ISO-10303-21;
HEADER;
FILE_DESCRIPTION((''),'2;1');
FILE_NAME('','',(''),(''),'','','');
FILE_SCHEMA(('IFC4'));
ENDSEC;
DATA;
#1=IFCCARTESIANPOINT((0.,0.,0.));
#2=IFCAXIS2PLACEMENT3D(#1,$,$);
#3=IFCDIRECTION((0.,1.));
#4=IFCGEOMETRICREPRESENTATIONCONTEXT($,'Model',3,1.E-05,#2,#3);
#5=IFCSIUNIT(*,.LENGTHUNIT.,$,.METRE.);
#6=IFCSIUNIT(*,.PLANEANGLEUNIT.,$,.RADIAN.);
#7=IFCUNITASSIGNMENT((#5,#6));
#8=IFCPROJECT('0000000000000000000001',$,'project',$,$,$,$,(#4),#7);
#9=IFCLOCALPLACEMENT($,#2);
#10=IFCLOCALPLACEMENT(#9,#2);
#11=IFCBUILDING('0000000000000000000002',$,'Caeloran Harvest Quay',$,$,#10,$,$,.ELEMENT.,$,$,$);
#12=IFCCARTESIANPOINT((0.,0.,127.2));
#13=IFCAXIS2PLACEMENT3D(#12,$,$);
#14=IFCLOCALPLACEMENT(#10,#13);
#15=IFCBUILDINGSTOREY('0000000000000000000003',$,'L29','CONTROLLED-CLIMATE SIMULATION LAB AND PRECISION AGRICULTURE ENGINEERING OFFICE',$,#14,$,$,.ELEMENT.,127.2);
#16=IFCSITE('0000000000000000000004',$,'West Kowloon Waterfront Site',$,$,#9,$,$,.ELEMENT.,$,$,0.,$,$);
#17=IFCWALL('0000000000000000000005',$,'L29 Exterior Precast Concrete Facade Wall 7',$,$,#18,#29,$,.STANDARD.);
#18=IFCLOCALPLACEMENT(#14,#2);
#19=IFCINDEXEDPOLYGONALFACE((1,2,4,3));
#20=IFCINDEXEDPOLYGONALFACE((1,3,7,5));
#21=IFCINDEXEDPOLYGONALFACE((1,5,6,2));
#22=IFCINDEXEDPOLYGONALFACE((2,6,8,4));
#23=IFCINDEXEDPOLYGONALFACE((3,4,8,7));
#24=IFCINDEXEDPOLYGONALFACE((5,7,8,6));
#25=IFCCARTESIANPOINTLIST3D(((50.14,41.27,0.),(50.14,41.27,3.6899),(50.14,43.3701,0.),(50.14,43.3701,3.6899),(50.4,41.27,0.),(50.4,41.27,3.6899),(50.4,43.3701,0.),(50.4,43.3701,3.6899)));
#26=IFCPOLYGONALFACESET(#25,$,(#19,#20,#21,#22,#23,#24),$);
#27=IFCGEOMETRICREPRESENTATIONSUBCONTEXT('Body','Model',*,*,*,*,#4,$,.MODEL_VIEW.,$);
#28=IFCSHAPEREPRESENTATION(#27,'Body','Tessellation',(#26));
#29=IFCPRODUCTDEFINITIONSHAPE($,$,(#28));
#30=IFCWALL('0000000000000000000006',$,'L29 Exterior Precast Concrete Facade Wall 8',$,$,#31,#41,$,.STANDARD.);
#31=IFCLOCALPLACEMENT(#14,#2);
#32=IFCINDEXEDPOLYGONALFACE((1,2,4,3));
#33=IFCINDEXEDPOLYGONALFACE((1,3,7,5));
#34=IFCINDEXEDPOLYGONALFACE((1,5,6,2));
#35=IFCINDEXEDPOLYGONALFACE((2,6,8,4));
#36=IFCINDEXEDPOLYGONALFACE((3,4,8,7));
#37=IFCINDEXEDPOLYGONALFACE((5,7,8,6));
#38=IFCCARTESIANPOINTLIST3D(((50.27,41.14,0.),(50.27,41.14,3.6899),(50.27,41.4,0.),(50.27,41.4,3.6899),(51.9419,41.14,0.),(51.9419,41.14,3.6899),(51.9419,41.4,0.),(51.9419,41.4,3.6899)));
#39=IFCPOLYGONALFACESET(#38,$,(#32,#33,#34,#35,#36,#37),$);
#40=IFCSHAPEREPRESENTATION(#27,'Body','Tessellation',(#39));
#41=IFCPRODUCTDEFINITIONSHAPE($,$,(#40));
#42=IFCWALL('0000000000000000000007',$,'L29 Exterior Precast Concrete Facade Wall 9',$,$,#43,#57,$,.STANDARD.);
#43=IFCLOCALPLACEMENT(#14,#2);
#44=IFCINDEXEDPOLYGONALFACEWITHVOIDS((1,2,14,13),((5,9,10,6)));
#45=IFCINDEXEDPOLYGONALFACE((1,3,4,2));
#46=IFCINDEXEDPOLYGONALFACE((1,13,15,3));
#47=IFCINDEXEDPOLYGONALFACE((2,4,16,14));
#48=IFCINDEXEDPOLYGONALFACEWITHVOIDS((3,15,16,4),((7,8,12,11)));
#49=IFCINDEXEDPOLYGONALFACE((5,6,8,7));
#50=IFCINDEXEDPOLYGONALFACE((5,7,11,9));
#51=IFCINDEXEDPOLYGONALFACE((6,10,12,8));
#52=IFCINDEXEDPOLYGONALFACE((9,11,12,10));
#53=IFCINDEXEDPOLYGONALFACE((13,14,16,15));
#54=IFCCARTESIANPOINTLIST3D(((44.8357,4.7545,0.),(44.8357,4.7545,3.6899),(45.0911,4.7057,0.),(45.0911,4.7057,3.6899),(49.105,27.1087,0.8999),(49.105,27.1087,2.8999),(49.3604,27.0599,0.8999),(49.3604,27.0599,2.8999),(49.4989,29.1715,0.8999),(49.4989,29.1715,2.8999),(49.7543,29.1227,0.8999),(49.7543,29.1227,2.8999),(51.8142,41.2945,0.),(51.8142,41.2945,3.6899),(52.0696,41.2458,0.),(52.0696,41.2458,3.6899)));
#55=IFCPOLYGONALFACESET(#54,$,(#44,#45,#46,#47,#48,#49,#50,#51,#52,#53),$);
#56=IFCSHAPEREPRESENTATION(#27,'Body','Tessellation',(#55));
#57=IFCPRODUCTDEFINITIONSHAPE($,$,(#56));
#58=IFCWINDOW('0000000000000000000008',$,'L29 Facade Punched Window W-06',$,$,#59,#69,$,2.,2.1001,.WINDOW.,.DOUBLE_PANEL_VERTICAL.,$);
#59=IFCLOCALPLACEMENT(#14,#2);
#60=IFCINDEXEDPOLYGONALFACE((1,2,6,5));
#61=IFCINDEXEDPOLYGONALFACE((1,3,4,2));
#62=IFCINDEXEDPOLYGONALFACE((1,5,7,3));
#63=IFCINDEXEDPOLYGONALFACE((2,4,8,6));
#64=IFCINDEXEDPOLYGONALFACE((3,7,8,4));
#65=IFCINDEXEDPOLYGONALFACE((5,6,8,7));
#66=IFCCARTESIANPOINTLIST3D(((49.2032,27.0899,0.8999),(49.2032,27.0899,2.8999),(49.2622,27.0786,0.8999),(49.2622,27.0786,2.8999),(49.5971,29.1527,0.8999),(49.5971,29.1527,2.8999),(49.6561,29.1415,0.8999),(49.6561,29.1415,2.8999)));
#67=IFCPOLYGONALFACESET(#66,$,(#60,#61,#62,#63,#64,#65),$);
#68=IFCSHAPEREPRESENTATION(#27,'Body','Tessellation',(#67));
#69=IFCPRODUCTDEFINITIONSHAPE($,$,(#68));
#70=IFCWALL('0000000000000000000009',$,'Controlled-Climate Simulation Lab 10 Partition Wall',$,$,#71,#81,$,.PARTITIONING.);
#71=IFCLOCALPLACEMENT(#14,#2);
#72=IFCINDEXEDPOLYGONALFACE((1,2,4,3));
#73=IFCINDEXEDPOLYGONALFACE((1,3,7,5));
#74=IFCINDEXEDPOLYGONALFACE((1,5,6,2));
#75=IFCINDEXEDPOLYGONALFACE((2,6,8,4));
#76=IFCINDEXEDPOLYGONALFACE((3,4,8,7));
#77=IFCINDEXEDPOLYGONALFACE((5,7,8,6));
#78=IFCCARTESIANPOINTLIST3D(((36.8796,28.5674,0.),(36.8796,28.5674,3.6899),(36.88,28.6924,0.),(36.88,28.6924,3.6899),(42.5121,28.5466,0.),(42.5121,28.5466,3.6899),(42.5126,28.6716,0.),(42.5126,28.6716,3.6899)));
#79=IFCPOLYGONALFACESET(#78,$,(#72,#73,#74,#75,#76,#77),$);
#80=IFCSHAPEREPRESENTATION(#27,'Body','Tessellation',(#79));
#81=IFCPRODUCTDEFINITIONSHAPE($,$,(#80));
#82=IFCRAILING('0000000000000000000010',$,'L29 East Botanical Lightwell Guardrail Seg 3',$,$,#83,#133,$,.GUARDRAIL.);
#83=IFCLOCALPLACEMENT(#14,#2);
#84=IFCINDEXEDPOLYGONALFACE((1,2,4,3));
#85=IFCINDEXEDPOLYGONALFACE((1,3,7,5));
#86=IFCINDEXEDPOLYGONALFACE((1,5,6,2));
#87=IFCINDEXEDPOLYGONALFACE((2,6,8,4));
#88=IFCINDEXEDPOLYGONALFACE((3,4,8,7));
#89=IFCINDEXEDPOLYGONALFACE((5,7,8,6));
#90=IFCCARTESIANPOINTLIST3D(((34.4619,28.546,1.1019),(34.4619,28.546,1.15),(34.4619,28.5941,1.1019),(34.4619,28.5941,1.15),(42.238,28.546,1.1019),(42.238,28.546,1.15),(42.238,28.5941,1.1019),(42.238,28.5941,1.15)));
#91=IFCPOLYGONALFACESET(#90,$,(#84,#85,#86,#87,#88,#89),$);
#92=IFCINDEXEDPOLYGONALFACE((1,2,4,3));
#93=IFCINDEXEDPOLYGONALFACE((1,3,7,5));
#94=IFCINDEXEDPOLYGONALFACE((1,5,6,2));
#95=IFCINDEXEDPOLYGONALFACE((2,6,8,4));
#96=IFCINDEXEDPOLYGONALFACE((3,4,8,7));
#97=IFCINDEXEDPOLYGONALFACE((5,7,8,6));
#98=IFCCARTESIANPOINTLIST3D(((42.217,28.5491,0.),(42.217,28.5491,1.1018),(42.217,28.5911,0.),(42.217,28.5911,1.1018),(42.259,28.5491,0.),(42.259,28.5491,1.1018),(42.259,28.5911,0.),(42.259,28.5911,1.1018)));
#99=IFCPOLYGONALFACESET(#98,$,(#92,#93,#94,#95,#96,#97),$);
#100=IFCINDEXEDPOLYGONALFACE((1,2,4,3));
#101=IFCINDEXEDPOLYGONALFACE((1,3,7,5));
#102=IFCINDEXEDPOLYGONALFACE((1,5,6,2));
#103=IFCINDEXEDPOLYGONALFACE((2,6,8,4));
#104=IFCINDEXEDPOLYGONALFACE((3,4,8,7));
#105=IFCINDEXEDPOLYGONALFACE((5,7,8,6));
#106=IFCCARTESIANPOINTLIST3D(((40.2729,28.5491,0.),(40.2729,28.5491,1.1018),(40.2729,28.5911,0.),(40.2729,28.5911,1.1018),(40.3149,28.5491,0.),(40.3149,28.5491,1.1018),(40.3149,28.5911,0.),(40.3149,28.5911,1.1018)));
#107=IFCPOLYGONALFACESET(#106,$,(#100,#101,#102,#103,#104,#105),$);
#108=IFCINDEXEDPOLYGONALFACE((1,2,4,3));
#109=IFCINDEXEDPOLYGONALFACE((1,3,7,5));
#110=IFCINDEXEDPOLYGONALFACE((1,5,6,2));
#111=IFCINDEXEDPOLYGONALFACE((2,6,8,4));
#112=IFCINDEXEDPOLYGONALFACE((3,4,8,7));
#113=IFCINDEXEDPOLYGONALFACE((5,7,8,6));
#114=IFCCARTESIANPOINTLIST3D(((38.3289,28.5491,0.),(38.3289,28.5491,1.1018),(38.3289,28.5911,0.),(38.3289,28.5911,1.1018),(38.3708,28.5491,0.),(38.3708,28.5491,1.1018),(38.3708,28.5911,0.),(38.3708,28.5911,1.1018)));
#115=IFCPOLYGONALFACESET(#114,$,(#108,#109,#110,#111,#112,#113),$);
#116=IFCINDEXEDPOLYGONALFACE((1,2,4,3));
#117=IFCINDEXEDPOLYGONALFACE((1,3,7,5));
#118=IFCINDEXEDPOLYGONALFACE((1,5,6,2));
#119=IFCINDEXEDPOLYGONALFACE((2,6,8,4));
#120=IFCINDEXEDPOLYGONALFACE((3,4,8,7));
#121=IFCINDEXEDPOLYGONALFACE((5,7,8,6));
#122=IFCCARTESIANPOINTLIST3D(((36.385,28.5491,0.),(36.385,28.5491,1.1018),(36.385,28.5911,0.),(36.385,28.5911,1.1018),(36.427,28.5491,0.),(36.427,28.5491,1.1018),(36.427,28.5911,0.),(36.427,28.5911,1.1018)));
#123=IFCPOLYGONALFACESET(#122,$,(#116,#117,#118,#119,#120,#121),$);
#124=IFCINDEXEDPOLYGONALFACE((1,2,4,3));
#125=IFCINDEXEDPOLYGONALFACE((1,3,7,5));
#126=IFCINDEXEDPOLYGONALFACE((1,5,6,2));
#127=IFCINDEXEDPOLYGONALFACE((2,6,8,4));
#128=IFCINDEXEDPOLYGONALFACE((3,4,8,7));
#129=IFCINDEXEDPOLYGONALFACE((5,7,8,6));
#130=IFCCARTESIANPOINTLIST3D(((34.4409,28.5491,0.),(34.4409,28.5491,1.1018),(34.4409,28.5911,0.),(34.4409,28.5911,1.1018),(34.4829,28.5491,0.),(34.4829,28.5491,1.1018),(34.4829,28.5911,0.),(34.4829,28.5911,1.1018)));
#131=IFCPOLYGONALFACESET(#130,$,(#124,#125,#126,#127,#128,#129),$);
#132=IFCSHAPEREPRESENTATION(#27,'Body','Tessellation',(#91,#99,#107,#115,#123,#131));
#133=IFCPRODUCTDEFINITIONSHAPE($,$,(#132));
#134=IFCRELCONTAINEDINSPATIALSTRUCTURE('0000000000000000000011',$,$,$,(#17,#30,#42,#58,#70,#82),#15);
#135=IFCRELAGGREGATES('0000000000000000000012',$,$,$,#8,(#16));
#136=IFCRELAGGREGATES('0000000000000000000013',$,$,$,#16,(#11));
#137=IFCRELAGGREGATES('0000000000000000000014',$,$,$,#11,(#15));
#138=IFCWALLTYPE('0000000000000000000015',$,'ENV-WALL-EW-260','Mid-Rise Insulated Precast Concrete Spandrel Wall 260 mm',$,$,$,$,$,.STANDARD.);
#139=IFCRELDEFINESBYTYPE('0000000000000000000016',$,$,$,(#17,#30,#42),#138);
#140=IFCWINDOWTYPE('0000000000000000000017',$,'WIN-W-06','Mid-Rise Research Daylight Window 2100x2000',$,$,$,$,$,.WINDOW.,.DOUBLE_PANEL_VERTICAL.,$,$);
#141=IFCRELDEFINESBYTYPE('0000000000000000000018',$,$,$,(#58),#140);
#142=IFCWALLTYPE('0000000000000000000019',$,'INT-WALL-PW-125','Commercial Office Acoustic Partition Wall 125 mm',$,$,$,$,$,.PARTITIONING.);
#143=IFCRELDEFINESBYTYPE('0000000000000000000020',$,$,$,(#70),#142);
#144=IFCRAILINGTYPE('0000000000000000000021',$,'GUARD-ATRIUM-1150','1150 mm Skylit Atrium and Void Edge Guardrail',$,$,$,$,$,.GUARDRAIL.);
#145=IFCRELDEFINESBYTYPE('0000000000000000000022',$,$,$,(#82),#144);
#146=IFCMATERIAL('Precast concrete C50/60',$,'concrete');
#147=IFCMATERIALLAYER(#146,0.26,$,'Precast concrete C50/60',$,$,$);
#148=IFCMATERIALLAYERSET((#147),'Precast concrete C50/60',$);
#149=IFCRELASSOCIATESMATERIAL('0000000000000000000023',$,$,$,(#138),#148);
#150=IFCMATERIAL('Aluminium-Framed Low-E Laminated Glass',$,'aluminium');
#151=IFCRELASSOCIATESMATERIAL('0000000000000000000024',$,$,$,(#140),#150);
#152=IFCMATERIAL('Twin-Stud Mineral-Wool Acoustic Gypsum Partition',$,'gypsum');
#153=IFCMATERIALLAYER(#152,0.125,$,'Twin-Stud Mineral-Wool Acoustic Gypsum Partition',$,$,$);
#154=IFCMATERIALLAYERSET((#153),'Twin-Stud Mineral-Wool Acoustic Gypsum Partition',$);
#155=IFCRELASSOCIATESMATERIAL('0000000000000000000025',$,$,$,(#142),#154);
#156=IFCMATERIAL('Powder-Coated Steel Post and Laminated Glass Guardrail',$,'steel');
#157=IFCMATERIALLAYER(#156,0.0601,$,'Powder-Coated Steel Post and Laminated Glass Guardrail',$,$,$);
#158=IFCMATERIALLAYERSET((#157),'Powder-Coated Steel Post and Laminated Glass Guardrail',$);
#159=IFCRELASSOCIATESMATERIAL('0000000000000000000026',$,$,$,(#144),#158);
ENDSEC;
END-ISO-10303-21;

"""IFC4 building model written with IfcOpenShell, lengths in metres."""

from ifc_helpers import new_model, si_unit, direction, frame, frame_2d, origin, origin_2d, place, context, subcontext, project, spatial, rectangle, extrude, material, layer, layer_set, type_object, element, fill, save


model = new_model("IFC4")

# Units and contexts
model_context = context("Model", 3, precision=1e-05, world=origin(), true_north=direction((0.0, 1.0)))
body_context = subcontext(model_context, "Body", "Model", "MODEL_VIEW")
ifc_project = project(units=[si_unit("LENGTHUNIT", "METRE"), si_unit("PLANEANGLEUNIT", "RADIAN")], contexts=[model_context])

# Site, building, storey
site_placement = place(None, origin())
site = spatial("IfcSite", under=ifc_project, at=site_placement, Name="West Kowloon Waterfront Site", CompositionType="ELEMENT", RefElevation=0.0)
building_placement = place(site_placement, origin())
building = spatial("IfcBuilding", under=site, at=building_placement, Name="Caeloran Harvest Quay", CompositionType="ELEMENT")
storey_placement = place(building_placement, frame((0.0, 0.0, 127.2)))
storey = spatial("IfcBuildingStorey", under=building, at=storey_placement, Name="L29", Description="CONTROLLED-CLIMATE SIMULATION LAB AND PRECISION AGRICULTURE ENGINEERING OFFICE", CompositionType="ELEMENT", Elevation=127.2)

# Walls
ifc_material_1 = material(Name="Precast concrete C50/60", Category="concrete")
ifc_layer_1 = layer(ifc_material_1, 0.26, Name="Precast concrete C50/60")
ifc_layer_set_1 = layer_set([ifc_layer_1], Name="Precast concrete C50/60")
wall_type_1 = type_object("IfcWallType", Name="ENV-WALL-EW-260", Description="Mid-Rise Insulated Precast Concrete Spandrel Wall 260 mm", PredefinedType="STANDARD", material=ifc_layer_set_1)
wall_1_placement = place(storey_placement, frame((50.27, 43.3701, 0.0), z_axis=(0.0, 0.0, 1.0), x_axis=(0.0, -1.0, 0.0)))
element("IfcWall", 1, at=wall_1_placement, inside=storey, type_object=wall_type_1, Name="L29 Exterior Precast Concrete Facade Wall 7", PredefinedType="STANDARD", context=body_context, shape_type="SweptSolid", body=[
    extrude(rectangle(XDim=2.1001, YDim=0.26, at=frame_2d((1.05, 0.0))), origin(), (0.0, 0.0, 1.0), 3.6899),
])
wall_2_placement = place(storey_placement, frame((50.27, 41.27, 0.0), z_axis=(0.0, 0.0, 1.0), x_axis=(1.0, 0.0, 0.0)))
element("IfcWall", 2, at=wall_2_placement, inside=storey, type_object=wall_type_1, Name="L29 Exterior Precast Concrete Facade Wall 8", PredefinedType="STANDARD", context=body_context, shape_type="SweptSolid", body=[
    extrude(rectangle(XDim=1.6719, YDim=0.26, at=frame_2d((0.8359, 0.0))), origin(), (0.0, 0.0, 1.0), 3.6899),
])

# Wall, opening, window
wall_3_placement = place(storey_placement, frame((51.9419, 41.27, 0.0), z_axis=(0.0, 0.0, 1.0), x_axis=(-0.187592, -0.982247, 0.0)))
wall_3 = element("IfcWall", 3, at=wall_3_placement, inside=storey, type_object=wall_type_1, Name="L29 Exterior Precast Concrete Facade Wall 9", PredefinedType="STANDARD", context=body_context, shape_type="SweptSolid", body=[
    extrude(rectangle(XDim=37.2004, YDim=0.26, at=frame_2d((18.6001, 0.0))), origin(), (0.0, 0.0, 1.0), 3.6899),
])
opening_placement = place(wall_3_placement, frame((12.342, 0.0, 0.8999)))
opening = element("IfcOpeningElement", 4, at=opening_placement, cuts=wall_3, PredefinedType="OPENING", context=body_context, shape_type="SweptSolid", body=[
    extrude(rectangle(XDim=2.1001, YDim=2.0, at=frame_2d((1.05, 1.0))), frame((0.0, 0.1401, 0.0), z_axis=(0.0, -1.0, 0.0), x_axis=(1.0, 0.0, 0.0)), (0.0, 0.0, 1.0), 0.28),
])
ifc_material_2 = material(Name="Aluminium-Framed Low-E Laminated Glass", Category="aluminium")
window_type = type_object("IfcWindowType", Name="WIN-W-06", Description="Mid-Rise Research Daylight Window 2100x2000", PartitioningType="DOUBLE_PANEL_VERTICAL", PredefinedType="WINDOW", material=ifc_material_2)
window_placement = place(opening_placement, origin())
window = element("IfcWindow", 5, at=window_placement, inside=storey, type_object=window_type, Name="L29 Facade Punched Window W-06", OverallHeight=2.0, OverallWidth=2.1001, PartitioningType="DOUBLE_PANEL_VERTICAL", PredefinedType="WINDOW", context=body_context, shape_type="SweptSolid", body=[
    extrude(rectangle(XDim=2.1001, YDim=2.0, at=frame_2d((1.05, 1.0))), frame((0.0, 0.03, 0.0), z_axis=(0.0, -1.0, 0.0), x_axis=(1.0, 0.0, 0.0)), (0.0, 0.0, 1.0), 0.0601),
])
fill(opening, window)

# Wall
ifc_material_3 = material(Name="Twin-Stud Mineral-Wool Acoustic Gypsum Partition", Category="gypsum")
ifc_layer_2 = layer(ifc_material_3, 0.125, Name="Twin-Stud Mineral-Wool Acoustic Gypsum Partition")
ifc_layer_set_2 = layer_set([ifc_layer_2], Name="Twin-Stud Mineral-Wool Acoustic Gypsum Partition")
wall_type_2 = type_object("IfcWallType", Name="INT-WALL-PW-125", Description="Commercial Office Acoustic Partition Wall 125 mm", PredefinedType="PARTITIONING", material=ifc_layer_set_2)
wall_4_placement = place(storey_placement, frame((42.5125, 28.6091, 0.0), z_axis=(0.0, 0.0, 1.0), x_axis=(-0.999993, 0.003684, 0.0)))
element("IfcWall", 6, at=wall_4_placement, inside=storey, type_object=wall_type_2, Name="Controlled-Climate Simulation Lab 10 Partition Wall", PredefinedType="PARTITIONING", context=body_context, shape_type="SweptSolid", body=[
    extrude(rectangle(XDim=5.6326, YDim=0.125, at=frame_2d((2.8164, 0.0))), origin(), (0.0, 0.0, 1.0), 3.6899),
])

# Railing
ifc_material_4 = material(Name="Powder-Coated Steel Post and Laminated Glass Guardrail", Category="steel")
ifc_layer_3 = layer(ifc_material_4, 0.0601, Name="Powder-Coated Steel Post and Laminated Glass Guardrail")
ifc_layer_set_3 = layer_set([ifc_layer_3], Name="Powder-Coated Steel Post and Laminated Glass Guardrail")
railing_type = type_object("IfcRailingType", Name="GUARD-ATRIUM-1150", Description="1150 mm Skylit Atrium and Void Edge Guardrail", PredefinedType="GUARDRAIL", material=ifc_layer_set_3)
railing_placement = place(storey_placement, frame((42.238, 28.5701, 0.0)))
element("IfcRailing", 7, at=railing_placement, inside=storey, type_object=railing_type, Name="L29 East Botanical Lightwell Guardrail Seg 3", PredefinedType="GUARDRAIL", context=body_context, shape_type="SweptSolid", body=[
    extrude(rectangle(XDim=0.0481, YDim=0.0481, at=origin_2d()), frame((0.0, 0.0, 1.126), z_axis=(-1.0, 0.0, 0.0), x_axis=(0.0, -1.0, 0.0)), (0.0, 0.0, 1.0), 7.7761),
    extrude(rectangle(XDim=0.042, YDim=0.042, at=origin_2d()), origin(), (0.0, 0.0, 1.0), 1.1018),
    extrude(rectangle(XDim=0.042, YDim=0.042, at=origin_2d()), frame((-1.9441, 0.0, 0.0)), (0.0, 0.0, 1.0), 1.1018),
    extrude(rectangle(XDim=0.042, YDim=0.042, at=origin_2d()), frame((-3.8882, 0.0, 0.0)), (0.0, 0.0, 1.0), 1.1018),
    extrude(rectangle(XDim=0.042, YDim=0.042, at=origin_2d()), frame((-5.832, 0.0, 0.0)), (0.0, 0.0, 1.0), 1.1018),
    extrude(rectangle(XDim=0.042, YDim=0.042, at=origin_2d()), frame((-7.7761, 0.0, 0.0)), (0.0, 0.0, 1.0), 1.1018),
])

save(model, "model.ifc")
